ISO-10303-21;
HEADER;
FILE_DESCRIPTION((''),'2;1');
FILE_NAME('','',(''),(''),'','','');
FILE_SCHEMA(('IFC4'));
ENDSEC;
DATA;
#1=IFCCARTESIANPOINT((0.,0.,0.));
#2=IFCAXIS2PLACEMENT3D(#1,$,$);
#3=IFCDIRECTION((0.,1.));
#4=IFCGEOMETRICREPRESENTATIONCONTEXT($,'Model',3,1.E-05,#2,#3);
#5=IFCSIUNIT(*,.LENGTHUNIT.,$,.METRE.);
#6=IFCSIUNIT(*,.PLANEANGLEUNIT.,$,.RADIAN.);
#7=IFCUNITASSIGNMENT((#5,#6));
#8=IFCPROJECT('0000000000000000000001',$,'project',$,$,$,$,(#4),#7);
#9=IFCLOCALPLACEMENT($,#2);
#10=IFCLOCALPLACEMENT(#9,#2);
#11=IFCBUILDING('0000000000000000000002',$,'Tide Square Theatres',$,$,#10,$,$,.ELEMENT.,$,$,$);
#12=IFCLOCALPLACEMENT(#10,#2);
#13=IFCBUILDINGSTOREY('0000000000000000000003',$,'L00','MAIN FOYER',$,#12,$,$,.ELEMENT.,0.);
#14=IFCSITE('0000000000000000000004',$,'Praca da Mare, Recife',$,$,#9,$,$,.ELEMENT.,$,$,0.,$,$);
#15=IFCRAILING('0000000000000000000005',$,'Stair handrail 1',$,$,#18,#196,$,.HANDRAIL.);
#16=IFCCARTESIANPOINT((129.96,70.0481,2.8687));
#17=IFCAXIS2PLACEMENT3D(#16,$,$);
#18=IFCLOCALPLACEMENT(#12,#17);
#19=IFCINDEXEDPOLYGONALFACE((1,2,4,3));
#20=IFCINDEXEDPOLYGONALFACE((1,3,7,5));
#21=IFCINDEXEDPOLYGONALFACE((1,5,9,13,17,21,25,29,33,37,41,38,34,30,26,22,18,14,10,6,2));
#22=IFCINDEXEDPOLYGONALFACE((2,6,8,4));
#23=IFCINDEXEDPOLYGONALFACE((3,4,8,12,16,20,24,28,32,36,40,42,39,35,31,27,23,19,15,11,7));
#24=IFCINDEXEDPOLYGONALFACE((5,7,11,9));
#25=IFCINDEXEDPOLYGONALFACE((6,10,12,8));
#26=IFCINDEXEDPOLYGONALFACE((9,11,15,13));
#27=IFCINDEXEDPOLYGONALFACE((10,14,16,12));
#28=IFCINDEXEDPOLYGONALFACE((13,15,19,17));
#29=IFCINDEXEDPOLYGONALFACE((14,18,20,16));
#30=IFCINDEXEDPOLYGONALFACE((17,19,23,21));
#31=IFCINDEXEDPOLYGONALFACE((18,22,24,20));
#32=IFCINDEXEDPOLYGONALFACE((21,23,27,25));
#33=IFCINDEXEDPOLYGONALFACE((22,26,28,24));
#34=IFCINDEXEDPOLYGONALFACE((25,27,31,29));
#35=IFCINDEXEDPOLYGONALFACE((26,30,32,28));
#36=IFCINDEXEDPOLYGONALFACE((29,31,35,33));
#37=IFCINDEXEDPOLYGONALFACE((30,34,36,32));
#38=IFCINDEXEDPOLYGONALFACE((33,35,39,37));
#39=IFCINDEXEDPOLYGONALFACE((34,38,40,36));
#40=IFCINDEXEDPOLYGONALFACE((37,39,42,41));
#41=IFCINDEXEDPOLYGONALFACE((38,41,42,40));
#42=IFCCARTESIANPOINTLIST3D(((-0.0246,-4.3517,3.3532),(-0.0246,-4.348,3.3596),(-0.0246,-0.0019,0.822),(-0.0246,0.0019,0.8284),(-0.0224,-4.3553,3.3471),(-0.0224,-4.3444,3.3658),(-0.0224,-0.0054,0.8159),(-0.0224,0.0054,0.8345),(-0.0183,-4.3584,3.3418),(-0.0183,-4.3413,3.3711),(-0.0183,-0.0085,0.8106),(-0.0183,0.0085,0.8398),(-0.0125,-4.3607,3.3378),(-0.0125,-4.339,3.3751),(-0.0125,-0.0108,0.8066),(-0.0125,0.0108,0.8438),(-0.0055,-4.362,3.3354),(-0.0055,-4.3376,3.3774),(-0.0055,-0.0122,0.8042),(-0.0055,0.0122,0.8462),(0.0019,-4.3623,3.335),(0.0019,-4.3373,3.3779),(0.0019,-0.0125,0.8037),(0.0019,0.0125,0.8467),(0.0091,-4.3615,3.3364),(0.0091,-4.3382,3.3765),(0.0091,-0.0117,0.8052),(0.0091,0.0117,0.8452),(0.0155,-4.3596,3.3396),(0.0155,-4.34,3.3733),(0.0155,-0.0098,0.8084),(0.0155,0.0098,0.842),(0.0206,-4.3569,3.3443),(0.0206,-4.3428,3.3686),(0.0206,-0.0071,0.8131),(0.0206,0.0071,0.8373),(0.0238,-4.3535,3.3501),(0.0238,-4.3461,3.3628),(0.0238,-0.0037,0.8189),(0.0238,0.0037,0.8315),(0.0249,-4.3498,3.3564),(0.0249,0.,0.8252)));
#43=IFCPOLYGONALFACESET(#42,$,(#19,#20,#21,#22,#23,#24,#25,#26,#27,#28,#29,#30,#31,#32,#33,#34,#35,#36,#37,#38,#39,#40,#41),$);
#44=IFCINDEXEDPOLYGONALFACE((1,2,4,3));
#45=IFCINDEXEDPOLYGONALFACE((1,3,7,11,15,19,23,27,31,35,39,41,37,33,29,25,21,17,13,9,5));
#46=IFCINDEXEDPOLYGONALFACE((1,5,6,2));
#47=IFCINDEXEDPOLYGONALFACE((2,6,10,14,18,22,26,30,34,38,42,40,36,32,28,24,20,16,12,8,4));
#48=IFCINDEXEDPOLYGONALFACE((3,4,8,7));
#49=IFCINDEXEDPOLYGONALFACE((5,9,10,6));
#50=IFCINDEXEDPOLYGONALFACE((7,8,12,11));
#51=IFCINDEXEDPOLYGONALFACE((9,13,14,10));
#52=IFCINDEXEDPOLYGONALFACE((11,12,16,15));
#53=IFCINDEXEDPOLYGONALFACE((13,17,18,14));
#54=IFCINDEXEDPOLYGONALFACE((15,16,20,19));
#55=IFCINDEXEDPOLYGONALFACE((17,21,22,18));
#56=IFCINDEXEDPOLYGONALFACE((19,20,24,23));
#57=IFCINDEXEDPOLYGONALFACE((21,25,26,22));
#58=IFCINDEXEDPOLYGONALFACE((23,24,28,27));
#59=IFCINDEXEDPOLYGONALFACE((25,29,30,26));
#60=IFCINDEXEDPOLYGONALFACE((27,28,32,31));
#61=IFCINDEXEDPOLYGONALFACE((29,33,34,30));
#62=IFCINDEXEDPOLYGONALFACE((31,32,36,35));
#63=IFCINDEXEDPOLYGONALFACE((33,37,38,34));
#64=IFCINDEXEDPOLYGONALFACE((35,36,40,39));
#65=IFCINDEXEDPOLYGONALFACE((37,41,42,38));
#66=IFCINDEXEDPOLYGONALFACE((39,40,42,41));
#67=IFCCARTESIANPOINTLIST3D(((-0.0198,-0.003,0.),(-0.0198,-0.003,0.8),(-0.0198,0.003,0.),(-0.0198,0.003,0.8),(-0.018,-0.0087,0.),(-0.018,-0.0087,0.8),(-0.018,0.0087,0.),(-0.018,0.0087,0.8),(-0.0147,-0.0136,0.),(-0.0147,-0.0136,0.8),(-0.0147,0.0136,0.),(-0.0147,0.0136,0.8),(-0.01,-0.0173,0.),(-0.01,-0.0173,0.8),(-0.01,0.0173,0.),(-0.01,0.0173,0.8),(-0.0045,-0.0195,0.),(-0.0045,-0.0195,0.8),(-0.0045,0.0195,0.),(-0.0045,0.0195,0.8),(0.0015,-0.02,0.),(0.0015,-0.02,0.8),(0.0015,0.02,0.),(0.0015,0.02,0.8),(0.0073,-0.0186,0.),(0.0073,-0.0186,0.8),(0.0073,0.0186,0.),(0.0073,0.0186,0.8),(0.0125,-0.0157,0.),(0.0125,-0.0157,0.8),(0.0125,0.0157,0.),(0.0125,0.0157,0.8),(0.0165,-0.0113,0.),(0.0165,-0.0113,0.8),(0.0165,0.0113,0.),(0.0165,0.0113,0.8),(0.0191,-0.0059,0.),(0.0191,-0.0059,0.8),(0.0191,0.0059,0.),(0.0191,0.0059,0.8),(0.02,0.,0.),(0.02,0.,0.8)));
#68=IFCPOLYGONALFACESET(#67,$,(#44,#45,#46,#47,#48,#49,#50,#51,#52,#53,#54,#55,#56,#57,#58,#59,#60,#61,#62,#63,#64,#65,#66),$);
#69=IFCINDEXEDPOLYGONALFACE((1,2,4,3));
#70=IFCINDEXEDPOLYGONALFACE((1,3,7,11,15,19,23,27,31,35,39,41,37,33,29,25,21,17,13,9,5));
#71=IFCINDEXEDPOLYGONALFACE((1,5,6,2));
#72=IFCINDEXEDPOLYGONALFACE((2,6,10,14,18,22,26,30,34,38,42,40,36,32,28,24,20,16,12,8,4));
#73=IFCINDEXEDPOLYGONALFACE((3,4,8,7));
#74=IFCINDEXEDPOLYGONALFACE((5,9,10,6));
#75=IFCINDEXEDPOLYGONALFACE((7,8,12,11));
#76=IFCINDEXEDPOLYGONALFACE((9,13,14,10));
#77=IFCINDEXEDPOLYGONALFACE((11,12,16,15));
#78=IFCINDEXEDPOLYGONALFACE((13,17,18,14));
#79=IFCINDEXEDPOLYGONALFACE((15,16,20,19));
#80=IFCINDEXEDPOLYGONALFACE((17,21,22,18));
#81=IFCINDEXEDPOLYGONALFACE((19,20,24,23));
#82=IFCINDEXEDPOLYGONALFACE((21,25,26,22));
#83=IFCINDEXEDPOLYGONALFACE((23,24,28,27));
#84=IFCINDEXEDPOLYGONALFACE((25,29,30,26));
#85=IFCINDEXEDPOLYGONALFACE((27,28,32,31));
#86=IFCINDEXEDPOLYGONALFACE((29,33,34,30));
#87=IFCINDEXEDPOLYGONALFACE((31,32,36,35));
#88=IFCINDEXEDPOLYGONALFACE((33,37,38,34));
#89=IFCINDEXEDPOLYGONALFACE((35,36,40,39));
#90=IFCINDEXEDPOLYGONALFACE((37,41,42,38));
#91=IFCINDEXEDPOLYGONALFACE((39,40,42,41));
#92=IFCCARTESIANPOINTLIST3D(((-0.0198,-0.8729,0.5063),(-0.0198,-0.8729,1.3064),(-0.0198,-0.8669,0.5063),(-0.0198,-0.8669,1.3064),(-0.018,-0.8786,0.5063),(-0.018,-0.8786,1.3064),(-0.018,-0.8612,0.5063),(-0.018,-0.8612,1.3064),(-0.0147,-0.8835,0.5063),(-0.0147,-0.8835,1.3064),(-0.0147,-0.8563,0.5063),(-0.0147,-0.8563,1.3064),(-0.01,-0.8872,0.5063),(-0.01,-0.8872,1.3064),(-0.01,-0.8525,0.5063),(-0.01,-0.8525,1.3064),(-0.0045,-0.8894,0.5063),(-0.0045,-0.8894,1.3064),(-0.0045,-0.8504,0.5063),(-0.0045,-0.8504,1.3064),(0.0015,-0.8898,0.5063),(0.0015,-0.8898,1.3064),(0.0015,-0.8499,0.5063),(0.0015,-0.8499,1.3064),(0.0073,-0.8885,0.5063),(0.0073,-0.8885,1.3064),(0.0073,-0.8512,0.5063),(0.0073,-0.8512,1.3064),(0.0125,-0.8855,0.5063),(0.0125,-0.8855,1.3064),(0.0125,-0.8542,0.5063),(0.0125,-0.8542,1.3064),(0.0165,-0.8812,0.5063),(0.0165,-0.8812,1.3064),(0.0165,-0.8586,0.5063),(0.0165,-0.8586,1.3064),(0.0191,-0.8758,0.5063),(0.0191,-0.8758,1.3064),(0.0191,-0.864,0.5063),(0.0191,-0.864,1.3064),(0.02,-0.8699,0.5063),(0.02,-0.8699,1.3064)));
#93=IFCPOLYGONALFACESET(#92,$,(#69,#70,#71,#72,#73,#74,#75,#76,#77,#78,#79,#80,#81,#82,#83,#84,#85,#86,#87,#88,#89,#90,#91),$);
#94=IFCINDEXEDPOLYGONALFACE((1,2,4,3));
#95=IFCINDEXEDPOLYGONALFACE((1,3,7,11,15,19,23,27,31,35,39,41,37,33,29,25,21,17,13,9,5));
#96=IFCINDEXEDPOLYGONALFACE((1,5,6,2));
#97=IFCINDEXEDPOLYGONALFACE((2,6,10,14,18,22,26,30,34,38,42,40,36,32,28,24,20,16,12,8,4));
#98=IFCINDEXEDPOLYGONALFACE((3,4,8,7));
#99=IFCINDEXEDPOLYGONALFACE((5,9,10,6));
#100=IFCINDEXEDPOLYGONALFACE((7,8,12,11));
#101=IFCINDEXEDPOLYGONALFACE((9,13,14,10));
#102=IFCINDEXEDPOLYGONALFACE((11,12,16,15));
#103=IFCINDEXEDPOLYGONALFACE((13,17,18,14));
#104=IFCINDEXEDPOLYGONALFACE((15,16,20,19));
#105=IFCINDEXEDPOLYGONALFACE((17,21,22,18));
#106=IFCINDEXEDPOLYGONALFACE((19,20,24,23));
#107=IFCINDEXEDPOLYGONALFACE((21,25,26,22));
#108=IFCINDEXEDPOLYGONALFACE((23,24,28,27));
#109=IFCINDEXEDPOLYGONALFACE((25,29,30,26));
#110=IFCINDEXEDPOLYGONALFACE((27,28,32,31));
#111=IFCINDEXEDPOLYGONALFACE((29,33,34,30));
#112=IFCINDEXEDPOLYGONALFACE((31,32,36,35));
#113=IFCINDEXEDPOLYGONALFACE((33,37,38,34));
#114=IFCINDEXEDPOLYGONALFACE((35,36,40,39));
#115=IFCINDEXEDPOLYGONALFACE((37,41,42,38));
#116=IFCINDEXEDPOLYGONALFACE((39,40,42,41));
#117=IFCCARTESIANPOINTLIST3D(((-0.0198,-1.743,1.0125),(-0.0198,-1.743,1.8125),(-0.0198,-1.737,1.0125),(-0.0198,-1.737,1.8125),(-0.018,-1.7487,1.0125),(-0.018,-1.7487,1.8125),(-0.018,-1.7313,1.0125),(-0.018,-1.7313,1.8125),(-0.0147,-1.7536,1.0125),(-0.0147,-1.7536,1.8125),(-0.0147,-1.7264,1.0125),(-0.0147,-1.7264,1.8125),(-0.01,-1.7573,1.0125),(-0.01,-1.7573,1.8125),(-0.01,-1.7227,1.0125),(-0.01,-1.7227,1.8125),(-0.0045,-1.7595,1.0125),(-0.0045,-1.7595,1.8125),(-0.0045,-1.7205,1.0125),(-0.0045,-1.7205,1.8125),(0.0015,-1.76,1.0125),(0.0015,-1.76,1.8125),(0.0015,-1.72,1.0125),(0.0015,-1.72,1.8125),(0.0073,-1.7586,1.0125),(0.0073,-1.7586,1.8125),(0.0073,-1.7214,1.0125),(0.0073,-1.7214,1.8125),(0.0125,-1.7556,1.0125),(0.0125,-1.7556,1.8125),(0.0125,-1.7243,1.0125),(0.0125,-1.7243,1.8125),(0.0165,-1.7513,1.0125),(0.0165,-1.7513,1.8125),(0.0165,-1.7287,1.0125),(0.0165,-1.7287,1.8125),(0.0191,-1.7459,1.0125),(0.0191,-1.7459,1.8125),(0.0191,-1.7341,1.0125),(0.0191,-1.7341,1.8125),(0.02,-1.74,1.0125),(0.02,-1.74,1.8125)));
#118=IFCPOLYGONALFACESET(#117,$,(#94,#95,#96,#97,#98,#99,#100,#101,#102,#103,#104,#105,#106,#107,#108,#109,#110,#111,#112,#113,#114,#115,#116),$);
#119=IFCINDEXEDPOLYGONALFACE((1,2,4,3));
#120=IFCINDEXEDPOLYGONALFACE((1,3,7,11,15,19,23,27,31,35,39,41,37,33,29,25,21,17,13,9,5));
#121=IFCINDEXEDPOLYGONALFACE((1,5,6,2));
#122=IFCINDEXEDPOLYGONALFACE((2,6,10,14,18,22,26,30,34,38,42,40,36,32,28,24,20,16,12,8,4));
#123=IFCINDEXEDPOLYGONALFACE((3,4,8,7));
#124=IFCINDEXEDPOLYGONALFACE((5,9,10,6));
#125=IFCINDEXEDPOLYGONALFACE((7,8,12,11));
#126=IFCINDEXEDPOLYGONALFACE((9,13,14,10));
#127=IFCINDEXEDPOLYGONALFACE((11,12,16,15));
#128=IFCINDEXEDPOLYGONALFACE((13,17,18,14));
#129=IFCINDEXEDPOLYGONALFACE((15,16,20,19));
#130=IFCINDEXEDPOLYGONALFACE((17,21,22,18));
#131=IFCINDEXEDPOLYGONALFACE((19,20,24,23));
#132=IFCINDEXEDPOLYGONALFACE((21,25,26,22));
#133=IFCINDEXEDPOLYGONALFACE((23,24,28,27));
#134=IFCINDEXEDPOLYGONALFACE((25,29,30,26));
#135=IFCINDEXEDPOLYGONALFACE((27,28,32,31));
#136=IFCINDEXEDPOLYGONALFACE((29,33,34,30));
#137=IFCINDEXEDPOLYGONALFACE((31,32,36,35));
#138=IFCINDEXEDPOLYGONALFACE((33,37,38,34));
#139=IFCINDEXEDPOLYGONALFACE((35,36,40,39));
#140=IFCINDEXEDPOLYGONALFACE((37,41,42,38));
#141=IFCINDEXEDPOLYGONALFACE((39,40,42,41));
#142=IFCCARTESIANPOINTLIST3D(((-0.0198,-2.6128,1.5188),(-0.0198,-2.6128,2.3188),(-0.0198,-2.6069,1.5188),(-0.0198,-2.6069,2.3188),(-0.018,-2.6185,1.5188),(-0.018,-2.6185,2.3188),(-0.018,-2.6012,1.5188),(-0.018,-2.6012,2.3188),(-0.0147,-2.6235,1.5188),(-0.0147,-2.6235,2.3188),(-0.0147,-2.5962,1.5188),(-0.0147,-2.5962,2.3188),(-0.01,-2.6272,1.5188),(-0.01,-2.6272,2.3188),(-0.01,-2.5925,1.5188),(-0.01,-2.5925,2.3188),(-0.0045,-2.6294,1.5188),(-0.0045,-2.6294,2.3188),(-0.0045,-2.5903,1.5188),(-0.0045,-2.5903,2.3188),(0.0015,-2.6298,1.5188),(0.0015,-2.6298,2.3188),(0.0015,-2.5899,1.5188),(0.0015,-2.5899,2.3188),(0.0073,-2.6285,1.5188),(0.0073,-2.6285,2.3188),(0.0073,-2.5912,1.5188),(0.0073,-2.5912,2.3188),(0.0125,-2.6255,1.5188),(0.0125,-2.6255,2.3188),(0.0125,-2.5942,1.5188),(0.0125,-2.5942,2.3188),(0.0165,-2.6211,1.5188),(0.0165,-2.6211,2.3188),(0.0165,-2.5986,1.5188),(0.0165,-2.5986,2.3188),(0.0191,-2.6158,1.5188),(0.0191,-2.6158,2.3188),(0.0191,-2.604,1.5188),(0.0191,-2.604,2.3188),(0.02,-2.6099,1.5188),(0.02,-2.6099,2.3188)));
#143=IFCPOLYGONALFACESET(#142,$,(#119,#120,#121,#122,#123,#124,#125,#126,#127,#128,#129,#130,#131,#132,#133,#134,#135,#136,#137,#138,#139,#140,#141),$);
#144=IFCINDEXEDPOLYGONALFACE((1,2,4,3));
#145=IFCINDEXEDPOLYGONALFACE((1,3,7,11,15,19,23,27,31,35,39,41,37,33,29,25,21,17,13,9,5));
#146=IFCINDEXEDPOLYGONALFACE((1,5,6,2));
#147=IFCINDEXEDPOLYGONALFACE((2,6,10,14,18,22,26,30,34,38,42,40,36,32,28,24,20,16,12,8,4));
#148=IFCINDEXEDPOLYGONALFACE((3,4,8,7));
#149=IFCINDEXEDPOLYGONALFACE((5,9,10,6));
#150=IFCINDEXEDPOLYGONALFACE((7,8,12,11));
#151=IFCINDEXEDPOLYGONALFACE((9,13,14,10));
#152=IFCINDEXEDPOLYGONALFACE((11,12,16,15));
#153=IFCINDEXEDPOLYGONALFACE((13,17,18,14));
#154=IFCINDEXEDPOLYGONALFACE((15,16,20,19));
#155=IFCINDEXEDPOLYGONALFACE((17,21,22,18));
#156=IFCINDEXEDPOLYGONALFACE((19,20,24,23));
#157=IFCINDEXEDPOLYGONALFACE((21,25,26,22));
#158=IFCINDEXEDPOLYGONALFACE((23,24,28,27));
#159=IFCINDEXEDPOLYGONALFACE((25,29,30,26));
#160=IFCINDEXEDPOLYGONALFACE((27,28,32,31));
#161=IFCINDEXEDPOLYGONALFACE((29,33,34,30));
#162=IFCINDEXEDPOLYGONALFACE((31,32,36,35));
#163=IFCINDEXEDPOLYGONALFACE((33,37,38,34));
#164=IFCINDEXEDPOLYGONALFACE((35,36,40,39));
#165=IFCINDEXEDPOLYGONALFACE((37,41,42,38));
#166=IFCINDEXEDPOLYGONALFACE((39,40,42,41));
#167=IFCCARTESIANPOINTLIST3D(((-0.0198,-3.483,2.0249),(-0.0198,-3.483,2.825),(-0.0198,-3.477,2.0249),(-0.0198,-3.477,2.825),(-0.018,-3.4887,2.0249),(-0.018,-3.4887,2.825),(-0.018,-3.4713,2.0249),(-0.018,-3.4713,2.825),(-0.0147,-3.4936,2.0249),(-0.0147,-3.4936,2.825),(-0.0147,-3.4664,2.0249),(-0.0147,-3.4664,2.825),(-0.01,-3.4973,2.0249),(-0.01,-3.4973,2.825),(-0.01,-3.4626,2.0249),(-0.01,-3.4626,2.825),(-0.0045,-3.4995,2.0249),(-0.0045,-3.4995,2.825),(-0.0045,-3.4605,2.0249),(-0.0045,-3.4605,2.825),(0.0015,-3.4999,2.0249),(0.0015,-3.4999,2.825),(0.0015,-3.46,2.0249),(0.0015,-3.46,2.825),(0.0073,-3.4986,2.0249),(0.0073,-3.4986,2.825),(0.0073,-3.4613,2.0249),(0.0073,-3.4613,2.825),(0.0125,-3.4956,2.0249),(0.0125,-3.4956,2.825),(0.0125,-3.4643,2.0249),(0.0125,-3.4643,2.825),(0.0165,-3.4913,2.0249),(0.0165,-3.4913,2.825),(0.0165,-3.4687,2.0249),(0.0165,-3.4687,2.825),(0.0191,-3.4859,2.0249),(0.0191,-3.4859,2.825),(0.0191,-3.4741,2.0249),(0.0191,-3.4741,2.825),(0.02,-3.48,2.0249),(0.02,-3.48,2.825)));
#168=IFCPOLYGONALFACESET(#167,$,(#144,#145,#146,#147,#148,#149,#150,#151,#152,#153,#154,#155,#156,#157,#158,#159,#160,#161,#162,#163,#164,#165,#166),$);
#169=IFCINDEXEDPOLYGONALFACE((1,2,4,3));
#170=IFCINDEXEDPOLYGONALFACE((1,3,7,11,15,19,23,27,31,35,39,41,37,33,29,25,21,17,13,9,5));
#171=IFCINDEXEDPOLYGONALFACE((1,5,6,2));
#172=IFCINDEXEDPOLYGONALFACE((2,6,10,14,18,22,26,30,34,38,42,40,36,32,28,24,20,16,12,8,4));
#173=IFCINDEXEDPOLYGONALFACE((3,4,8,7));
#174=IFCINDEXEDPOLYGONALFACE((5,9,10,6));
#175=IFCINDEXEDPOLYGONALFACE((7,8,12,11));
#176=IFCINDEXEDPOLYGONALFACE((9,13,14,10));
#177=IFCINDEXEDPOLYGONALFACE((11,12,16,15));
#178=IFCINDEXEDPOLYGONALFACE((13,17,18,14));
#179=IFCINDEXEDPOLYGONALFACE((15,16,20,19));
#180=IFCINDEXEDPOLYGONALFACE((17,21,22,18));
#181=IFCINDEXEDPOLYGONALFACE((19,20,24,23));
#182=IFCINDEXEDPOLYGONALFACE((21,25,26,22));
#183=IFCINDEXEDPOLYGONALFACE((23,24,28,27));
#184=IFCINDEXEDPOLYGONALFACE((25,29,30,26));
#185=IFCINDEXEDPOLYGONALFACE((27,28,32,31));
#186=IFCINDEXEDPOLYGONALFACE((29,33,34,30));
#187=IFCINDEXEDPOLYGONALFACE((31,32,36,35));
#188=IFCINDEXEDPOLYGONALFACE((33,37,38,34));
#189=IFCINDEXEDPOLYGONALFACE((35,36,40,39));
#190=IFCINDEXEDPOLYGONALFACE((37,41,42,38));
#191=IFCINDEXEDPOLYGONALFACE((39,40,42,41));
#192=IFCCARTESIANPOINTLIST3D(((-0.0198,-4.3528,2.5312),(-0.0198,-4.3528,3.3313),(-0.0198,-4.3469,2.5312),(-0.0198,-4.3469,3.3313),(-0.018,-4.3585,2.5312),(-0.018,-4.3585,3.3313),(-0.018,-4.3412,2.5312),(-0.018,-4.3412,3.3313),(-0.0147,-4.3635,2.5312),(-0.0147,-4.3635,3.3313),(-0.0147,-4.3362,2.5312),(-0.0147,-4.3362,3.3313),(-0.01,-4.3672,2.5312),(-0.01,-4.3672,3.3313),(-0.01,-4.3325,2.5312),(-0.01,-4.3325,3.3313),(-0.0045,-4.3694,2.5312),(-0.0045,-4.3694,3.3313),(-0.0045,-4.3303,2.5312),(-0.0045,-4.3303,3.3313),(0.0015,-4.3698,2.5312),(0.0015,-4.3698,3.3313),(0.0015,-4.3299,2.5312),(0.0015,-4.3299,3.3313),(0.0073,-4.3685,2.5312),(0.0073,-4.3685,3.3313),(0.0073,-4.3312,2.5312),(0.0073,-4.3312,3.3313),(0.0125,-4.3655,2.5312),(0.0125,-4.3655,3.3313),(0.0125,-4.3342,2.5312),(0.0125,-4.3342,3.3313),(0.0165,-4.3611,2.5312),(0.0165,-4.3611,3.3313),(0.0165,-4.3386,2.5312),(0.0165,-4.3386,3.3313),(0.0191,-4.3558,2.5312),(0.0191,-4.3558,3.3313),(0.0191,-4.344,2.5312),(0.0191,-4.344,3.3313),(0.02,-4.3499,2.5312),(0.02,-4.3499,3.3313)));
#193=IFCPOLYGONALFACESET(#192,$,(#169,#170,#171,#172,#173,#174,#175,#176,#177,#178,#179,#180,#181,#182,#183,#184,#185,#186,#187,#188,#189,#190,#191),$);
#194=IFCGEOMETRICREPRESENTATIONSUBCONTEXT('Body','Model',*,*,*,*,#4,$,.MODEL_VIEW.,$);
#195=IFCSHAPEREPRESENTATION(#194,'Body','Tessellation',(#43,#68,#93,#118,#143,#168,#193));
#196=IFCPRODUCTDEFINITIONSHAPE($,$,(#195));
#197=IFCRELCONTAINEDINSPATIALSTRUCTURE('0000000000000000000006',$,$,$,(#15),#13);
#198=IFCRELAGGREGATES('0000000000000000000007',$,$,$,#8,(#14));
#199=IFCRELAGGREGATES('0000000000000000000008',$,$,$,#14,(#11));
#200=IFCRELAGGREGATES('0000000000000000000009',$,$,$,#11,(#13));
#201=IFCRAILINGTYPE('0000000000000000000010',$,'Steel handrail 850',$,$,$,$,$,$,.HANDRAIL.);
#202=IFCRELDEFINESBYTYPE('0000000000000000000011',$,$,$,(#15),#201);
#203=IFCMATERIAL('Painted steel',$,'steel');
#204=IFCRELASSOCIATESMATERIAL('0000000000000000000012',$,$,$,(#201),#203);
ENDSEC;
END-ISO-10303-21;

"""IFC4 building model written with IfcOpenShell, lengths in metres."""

from ifc_helpers import new_model, si_unit, direction, frame, origin, origin_2d, place, context, subcontext, project, spatial, circle, extrude, material, type_object, element, save


model = new_model("IFC4")

# Units and contexts
model_context = context("Model", 3, precision=1e-05, world=origin(), true_north=direction((0.0, 1.0)))
body_context = subcontext(model_context, "Body", "Model", "MODEL_VIEW")
ifc_project = project(units=[si_unit("LENGTHUNIT", "METRE"), si_unit("PLANEANGLEUNIT", "RADIAN")], contexts=[model_context])

# Site, building, storey
site_placement = place(None, origin())
site = spatial("IfcSite", under=ifc_project, at=site_placement, Name="Praca da Mare, Recife", CompositionType="ELEMENT", RefElevation=0.0)
building_placement = place(site_placement, origin())
building = spatial("IfcBuilding", under=site, at=building_placement, Name="Tide Square Theatres", CompositionType="ELEMENT")
storey_placement = place(building_placement, origin())
storey = spatial("IfcBuildingStorey", under=building, at=storey_placement, Name="L00", Description="MAIN FOYER", CompositionType="ELEMENT", Elevation=0.0)

# Railing
ifc_material_1 = material(Name="Painted steel", Category="steel")
railing_type = type_object("IfcRailingType", Name="Steel handrail 850", PredefinedType="HANDRAIL", material=ifc_material_1)
for number, where, name in (
    (1, (129.96, 70.0481, 2.8687), "Stair handrail 1"),
):
    element("IfcRailing", number, at=place(storey_placement, frame(where)), inside=storey, type_object=railing_type, Name=name, PredefinedType="HANDRAIL", context=body_context, shape_type="SweptSolid", body=[
        extrude(circle(Radius=0.0249, at=origin_2d()), frame((0.0, 0.0, 0.8252), z_axis=(0.0, -0.864312, 0.502957), x_axis=(1.0, 0.0, 0.0)), (0.0, 0.0, 1.0), 5.0327),
        extrude(circle(Radius=0.02, at=origin_2d()), origin(), (0.0, 0.0, 1.0), 0.8),
        extrude(circle(Radius=0.02, at=origin_2d()), frame((0.0, -0.8699, 0.5063)), (0.0, 0.0, 1.0), 0.8),
        extrude(circle(Radius=0.02, at=origin_2d()), frame((0.0, -1.74, 1.0125)), (0.0, 0.0, 1.0), 0.8),
        extrude(circle(Radius=0.02, at=origin_2d()), frame((0.0, -2.6099, 1.5188)), (0.0, 0.0, 1.0), 0.8),
        extrude(circle(Radius=0.02, at=origin_2d()), frame((0.0, -3.48, 2.0249)), (0.0, 0.0, 1.0), 0.8),
        extrude(circle(Radius=0.02, at=origin_2d()), frame((0.0, -4.3499, 2.5312)), (0.0, 0.0, 1.0), 0.8),
    ])

save(model, "model.ifc")
